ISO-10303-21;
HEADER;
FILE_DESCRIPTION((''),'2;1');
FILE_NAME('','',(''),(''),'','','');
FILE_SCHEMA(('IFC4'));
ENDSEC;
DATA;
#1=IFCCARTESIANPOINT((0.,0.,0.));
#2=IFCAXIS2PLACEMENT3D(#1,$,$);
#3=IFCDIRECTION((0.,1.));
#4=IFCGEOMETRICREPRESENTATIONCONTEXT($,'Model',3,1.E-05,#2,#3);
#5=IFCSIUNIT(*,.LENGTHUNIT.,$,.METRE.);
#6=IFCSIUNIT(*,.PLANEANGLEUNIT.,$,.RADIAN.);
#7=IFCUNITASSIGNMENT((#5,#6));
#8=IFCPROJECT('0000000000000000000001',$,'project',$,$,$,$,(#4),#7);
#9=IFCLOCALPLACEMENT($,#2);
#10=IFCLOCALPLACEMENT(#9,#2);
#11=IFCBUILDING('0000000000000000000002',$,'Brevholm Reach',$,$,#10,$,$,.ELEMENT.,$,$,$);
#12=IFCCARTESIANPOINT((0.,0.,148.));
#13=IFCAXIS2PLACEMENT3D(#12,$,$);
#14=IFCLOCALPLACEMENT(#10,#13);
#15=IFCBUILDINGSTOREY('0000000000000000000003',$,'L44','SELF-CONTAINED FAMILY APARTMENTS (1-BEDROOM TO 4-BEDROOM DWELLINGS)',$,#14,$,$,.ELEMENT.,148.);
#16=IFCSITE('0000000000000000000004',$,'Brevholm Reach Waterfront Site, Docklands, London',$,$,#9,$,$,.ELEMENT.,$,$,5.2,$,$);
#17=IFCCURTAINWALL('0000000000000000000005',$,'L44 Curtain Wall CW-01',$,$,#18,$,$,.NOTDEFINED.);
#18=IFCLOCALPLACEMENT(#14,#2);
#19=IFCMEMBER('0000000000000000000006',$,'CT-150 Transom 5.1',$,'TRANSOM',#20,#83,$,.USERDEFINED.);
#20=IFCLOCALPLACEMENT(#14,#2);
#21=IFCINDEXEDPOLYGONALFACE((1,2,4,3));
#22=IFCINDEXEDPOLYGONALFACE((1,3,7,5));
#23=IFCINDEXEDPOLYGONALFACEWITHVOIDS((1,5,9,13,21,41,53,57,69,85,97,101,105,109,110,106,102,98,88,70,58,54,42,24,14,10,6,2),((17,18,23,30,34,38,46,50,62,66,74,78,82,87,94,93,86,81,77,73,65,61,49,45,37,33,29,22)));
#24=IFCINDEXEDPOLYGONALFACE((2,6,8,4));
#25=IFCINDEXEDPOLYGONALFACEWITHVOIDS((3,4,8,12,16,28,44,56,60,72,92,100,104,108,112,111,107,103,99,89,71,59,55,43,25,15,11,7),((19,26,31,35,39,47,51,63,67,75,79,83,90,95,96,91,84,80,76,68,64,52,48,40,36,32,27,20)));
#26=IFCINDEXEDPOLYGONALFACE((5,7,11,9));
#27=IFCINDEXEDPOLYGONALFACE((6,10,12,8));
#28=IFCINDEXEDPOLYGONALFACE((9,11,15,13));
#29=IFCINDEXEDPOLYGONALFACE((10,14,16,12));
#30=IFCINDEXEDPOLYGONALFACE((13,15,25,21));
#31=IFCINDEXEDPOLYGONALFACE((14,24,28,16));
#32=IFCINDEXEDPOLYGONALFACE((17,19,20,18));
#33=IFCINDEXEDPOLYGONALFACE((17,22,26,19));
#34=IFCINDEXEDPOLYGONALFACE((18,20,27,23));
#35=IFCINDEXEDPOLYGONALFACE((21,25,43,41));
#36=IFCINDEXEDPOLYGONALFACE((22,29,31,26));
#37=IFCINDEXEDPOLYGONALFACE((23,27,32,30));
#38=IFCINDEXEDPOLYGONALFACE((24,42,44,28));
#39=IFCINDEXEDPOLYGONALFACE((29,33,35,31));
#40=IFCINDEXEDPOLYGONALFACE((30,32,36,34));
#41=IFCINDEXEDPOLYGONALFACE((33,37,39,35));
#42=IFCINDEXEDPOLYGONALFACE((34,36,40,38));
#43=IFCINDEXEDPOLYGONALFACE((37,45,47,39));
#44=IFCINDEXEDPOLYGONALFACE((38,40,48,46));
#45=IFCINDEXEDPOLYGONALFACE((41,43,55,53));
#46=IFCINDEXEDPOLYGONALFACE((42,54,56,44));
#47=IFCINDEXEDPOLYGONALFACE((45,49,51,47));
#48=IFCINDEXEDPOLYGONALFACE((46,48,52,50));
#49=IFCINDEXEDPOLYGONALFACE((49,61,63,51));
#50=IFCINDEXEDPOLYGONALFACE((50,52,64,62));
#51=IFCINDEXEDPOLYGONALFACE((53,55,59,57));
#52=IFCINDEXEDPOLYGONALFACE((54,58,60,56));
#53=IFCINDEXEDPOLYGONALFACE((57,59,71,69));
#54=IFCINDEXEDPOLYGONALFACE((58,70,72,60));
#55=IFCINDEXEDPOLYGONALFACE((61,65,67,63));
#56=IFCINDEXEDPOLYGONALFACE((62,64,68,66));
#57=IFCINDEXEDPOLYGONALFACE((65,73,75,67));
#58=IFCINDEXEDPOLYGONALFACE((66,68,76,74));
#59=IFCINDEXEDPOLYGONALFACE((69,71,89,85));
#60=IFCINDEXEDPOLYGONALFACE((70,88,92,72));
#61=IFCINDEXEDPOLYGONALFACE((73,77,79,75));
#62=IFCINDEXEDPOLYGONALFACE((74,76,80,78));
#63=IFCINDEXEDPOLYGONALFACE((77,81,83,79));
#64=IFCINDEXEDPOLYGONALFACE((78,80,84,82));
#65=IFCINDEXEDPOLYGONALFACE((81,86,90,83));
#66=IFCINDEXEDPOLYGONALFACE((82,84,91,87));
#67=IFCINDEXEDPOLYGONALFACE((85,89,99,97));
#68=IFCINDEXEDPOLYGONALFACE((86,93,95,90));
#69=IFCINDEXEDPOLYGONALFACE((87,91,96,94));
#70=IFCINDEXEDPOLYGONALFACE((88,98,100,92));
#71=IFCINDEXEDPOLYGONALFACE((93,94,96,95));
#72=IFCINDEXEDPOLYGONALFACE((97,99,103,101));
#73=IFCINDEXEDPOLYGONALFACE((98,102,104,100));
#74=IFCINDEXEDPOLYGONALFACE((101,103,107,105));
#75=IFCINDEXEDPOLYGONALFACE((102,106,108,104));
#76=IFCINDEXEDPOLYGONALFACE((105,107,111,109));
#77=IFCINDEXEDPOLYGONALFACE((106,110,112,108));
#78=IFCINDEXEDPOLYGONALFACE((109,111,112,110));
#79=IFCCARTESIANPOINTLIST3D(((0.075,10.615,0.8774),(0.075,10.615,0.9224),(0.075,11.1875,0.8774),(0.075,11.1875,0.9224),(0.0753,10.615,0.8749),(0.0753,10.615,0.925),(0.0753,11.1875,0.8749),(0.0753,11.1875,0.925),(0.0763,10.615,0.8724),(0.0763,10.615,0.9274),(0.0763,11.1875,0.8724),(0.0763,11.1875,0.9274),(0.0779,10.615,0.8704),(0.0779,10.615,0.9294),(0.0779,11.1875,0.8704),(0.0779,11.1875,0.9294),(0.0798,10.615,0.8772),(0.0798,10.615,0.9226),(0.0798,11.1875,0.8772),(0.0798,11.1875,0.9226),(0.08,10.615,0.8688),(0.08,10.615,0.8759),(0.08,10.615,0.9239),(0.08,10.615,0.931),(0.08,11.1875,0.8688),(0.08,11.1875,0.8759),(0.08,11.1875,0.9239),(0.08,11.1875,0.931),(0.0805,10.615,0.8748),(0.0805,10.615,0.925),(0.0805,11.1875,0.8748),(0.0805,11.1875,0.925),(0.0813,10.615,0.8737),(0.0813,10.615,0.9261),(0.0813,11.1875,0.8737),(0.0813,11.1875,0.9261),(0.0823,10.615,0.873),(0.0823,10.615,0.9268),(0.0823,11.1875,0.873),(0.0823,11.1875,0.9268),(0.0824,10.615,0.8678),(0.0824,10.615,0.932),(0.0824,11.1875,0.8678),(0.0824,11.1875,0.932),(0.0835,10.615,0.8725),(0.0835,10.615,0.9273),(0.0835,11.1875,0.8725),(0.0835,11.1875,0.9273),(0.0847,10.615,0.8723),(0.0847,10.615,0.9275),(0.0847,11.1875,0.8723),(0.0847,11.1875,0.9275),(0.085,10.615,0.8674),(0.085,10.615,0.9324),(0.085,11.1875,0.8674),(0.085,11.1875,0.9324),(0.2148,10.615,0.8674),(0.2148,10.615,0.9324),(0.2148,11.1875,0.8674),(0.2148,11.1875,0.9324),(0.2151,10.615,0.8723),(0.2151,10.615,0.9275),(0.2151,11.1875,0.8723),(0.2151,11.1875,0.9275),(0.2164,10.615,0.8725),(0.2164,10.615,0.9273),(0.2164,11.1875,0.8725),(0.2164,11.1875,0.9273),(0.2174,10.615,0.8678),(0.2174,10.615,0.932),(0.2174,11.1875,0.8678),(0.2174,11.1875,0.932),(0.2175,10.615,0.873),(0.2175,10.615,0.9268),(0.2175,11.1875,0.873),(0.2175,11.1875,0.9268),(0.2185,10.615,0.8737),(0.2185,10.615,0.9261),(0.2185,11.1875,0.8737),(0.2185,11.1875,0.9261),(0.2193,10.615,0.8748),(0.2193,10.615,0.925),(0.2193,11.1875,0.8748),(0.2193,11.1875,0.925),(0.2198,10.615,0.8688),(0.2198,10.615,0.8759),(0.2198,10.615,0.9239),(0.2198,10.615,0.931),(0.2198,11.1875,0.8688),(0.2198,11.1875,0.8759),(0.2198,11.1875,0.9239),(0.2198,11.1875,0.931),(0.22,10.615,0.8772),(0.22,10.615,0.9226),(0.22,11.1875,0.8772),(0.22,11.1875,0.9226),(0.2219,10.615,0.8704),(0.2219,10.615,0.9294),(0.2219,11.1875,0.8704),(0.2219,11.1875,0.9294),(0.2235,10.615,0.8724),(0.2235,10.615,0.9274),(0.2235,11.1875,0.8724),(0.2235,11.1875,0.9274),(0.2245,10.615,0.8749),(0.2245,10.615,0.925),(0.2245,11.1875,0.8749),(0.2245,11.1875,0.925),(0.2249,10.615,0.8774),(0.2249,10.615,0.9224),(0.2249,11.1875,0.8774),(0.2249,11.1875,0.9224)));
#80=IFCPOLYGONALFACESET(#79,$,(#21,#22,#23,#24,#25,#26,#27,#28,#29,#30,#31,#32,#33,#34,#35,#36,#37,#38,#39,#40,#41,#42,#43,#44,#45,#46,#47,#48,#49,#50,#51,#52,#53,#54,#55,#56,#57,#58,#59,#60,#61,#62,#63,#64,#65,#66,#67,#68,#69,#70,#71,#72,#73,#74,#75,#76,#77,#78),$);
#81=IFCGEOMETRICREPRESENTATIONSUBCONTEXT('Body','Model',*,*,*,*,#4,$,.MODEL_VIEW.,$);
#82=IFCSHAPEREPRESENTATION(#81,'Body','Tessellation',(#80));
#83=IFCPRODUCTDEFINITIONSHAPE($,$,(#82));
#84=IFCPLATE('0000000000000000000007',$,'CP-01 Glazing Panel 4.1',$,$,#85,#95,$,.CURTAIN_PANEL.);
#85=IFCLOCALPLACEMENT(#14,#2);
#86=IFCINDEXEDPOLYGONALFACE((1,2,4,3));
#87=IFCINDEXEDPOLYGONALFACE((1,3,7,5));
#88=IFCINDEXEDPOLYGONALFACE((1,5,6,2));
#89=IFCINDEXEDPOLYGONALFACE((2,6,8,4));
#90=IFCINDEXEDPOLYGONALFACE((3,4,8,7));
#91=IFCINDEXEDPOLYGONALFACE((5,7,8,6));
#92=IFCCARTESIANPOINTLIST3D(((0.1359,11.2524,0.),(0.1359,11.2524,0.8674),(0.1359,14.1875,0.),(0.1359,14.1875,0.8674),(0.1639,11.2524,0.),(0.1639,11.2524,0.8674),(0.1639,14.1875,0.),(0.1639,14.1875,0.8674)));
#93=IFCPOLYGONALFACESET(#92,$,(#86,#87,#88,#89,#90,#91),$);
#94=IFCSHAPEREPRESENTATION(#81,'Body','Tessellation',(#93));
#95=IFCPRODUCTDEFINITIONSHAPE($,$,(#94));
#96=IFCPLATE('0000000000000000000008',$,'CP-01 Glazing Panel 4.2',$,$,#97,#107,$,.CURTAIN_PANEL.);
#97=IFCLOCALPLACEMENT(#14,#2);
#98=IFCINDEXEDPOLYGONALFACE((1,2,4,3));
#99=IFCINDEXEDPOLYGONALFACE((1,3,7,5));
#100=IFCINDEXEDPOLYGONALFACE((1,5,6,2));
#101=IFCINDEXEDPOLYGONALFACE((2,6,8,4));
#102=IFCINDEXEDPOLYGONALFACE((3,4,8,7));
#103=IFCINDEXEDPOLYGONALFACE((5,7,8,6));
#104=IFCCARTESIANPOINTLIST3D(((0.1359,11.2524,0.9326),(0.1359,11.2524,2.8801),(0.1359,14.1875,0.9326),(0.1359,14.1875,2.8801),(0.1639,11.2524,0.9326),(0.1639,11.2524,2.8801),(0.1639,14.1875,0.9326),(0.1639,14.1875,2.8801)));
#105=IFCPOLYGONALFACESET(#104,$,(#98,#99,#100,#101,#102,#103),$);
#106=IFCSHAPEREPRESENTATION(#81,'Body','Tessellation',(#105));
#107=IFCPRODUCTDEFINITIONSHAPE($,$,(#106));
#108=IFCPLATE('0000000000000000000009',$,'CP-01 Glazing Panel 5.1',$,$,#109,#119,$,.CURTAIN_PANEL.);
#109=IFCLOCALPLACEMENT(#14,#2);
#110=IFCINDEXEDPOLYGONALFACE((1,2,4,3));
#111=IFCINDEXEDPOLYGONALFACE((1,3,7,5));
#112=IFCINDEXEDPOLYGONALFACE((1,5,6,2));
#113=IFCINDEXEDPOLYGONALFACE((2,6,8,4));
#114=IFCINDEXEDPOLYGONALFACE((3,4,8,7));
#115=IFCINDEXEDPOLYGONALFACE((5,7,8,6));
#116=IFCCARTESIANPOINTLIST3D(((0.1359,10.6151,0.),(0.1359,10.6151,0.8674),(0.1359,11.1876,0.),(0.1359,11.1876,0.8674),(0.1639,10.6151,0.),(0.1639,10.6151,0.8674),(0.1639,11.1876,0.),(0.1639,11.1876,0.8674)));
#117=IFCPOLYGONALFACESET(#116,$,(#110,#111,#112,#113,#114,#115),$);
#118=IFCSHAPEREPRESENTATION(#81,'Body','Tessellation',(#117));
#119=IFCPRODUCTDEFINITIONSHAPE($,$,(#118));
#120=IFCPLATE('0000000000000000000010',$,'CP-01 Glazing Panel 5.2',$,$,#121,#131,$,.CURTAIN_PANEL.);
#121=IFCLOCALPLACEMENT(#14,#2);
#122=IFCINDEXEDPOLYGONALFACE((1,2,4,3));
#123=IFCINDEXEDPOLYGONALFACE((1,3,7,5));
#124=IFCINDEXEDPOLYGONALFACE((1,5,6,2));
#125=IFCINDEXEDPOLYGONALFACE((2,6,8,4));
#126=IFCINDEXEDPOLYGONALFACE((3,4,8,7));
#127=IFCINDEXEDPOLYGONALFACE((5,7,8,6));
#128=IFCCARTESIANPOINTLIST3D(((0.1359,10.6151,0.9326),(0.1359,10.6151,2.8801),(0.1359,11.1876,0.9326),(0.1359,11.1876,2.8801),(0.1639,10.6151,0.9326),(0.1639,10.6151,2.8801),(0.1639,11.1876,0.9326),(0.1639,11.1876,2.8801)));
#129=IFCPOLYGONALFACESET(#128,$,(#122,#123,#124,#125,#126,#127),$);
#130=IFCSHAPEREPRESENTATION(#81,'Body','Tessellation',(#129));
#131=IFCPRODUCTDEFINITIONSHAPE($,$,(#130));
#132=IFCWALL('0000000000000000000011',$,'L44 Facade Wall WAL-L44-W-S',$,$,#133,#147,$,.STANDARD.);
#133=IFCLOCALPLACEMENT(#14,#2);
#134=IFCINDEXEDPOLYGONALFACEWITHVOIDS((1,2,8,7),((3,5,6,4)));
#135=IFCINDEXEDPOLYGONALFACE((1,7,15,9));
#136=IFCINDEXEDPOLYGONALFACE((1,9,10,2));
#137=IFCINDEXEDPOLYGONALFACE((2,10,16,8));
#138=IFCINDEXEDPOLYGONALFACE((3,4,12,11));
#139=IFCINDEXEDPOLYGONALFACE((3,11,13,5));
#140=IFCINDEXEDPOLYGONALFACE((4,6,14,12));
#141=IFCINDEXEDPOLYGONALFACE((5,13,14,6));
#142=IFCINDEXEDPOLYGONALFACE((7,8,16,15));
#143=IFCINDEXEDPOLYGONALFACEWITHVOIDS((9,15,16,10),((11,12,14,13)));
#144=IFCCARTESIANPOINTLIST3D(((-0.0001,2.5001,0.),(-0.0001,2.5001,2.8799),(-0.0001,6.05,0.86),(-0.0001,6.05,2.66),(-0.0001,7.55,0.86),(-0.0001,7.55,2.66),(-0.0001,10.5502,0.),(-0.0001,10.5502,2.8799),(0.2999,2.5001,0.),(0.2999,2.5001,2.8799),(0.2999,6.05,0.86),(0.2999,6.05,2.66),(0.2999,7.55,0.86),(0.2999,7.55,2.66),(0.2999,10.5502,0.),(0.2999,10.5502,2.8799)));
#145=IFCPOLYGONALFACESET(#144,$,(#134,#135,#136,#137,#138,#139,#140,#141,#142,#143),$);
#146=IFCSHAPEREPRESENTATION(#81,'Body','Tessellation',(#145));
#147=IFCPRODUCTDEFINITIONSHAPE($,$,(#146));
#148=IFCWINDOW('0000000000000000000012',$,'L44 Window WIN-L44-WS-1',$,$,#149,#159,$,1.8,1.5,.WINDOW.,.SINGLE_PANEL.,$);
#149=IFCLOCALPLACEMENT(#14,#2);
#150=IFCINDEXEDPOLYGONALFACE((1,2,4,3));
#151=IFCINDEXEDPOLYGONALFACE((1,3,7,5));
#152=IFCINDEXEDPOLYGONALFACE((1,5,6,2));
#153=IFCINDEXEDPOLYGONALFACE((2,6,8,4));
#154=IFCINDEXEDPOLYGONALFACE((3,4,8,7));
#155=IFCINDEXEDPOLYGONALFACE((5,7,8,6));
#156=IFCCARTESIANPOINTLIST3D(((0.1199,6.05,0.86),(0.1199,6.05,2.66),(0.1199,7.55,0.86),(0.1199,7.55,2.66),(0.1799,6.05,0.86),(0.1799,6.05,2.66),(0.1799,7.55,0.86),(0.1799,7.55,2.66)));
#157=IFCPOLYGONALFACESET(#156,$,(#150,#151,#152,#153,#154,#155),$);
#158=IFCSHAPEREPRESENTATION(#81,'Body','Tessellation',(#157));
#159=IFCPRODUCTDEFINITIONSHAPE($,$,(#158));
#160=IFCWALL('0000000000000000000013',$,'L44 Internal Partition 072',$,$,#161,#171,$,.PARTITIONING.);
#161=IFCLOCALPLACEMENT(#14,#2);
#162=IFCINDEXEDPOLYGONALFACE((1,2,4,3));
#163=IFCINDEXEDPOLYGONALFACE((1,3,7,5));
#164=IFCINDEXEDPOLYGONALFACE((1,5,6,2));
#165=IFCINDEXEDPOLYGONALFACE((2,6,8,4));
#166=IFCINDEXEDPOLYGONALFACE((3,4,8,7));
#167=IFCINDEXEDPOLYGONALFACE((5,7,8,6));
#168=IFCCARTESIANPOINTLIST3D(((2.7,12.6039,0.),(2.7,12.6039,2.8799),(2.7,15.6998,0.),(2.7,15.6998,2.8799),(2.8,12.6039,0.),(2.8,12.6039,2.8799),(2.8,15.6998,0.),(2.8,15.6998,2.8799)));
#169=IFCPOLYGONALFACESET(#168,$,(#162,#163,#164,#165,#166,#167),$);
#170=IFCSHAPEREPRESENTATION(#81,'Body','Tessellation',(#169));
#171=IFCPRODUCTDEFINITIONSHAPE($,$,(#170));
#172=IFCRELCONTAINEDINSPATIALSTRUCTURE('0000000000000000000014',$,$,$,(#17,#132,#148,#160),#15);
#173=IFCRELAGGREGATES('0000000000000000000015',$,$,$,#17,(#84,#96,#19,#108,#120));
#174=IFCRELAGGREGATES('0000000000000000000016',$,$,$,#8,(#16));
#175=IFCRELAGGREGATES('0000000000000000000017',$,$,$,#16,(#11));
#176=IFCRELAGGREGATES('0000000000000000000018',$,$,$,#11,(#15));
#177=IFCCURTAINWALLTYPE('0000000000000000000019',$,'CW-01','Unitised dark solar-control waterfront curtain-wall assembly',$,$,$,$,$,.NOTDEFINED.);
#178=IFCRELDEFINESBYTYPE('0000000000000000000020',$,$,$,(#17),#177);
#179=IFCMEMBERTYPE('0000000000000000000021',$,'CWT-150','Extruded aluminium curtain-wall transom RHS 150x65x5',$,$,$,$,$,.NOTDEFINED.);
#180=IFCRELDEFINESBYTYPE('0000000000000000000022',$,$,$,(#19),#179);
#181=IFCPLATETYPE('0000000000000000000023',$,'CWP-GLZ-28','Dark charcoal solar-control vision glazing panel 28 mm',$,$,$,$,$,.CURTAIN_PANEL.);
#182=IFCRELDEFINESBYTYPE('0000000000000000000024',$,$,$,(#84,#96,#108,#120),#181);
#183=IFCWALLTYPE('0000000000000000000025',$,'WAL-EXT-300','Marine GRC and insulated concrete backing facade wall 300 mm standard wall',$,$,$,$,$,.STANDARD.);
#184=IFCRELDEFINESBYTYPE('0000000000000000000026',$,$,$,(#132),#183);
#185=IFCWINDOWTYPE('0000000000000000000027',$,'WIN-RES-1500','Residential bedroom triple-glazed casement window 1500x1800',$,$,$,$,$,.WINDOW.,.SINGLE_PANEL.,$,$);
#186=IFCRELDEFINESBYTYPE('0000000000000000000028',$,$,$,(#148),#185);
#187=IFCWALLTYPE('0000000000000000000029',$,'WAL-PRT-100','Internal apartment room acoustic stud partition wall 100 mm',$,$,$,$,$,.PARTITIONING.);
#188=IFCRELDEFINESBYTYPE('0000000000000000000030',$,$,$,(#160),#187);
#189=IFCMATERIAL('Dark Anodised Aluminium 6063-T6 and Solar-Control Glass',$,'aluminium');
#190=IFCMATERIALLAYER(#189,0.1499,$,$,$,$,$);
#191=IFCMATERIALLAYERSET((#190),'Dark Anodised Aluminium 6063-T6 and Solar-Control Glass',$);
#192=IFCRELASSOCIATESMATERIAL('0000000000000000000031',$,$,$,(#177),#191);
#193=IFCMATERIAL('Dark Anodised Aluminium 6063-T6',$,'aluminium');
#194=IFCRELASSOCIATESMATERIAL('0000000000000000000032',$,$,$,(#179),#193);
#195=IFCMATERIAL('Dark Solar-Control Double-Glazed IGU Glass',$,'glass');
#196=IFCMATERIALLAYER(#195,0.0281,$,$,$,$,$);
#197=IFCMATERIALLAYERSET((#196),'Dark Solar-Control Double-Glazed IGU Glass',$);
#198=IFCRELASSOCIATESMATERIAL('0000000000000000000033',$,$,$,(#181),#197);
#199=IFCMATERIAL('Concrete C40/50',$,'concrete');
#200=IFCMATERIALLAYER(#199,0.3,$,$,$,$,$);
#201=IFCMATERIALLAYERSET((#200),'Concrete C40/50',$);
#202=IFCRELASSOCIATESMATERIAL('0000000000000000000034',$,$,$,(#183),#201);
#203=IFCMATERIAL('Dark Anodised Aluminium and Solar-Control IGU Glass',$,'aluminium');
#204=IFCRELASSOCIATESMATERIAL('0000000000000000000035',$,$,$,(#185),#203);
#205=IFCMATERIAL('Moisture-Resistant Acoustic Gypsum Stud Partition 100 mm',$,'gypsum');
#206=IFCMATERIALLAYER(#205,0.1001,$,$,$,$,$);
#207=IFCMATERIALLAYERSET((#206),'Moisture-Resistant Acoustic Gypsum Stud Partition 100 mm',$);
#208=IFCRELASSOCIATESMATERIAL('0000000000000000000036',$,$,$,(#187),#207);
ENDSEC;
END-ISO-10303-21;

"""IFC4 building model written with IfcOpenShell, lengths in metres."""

from ifc_helpers import new_model, si_unit, direction, frame, frame_2d, origin, origin_2d, place, context, subcontext, project, spatial, rectangle, hollow_rectangle, extrude, material, layer, layer_set, material_profile, profile_set, type_object, element, fill, aggregate, save


model = new_model("IFC4")

# Units and contexts
model_context = context("Model", 3, precision=1e-05, world=origin(), true_north=direction((0.0, 1.0)))
body_context = subcontext(model_context, "Body", "Model", "MODEL_VIEW")
ifc_project = project(units=[si_unit("LENGTHUNIT", "METRE"), si_unit("PLANEANGLEUNIT", "RADIAN")], contexts=[model_context])

# Site, building, storey
site_placement = place(None, origin())
site = spatial("IfcSite", under=ifc_project, at=site_placement, Name="Brevholm Reach Waterfront Site, Docklands, London", CompositionType="ELEMENT", RefElevation=5.2)
building_placement = place(site_placement, origin())
building = spatial("IfcBuilding", under=site, at=building_placement, Name="Brevholm Reach", CompositionType="ELEMENT")
storey_placement = place(building_placement, frame((0.0, 0.0, 148.0)))
storey = spatial("IfcBuildingStorey", under=building, at=storey_placement, Name="L44", Description="SELF-CONTAINED FAMILY APARTMENTS (1-BEDROOM TO 4-BEDROOM DWELLINGS)", CompositionType="ELEMENT", Elevation=148.0)

# Curtain wall, member, plates
ifc_material_1 = material(Name="Dark Anodised Aluminium 6063-T6 and Solar-Control Glass", Category="aluminium")
ifc_layer_1 = layer(ifc_material_1, 0.1499)
ifc_layer_set_1 = layer_set([ifc_layer_1], Name="Dark Anodised Aluminium 6063-T6 and Solar-Control Glass")
curtain_wall_type = type_object("IfcCurtainWallType", Name="CW-01", Description="Unitised dark solar-control waterfront curtain-wall assembly", PredefinedType="NOTDEFINED", material=ifc_layer_set_1)
curtain_wall_placement = place(storey_placement, origin())
curtain_wall = element("IfcCurtainWall", 1, at=curtain_wall_placement, inside=storey, type_object=curtain_wall_type, Name="L44 Curtain Wall CW-01", PredefinedType="NOTDEFINED")
ifc_material_2 = material(Name="Dark Anodised Aluminium 6063-T6", Category="aluminium")
ifc_material_profile_1 = material_profile(ifc_material_2, hollow_rectangle(XDim=0.0649, YDim=0.1499, WallThickness=0.0049, InnerFilletRadius=0.0049, OuterFilletRadius=0.01, at=origin_2d()), Name="RHS 150x65x5")
ifc_profile_set_1 = profile_set([ifc_material_profile_1], Name="Dark Anodised Aluminium 6063-T6")
member_type_1 = type_object("IfcMemberType", Name="CWT-150", Description="Extruded aluminium curtain-wall transom RHS 150x65x5", PredefinedType="NOTDEFINED", material=ifc_profile_set_1)
member_1_placement = place(storey_placement, frame((0.1499, 11.1875, 0.8999), z_axis=(0.0, -1.0, 0.0), x_axis=(0.0, 0.0, 1.0)))
member_1 = element("IfcMember", 2, at=member_1_placement, type_object=member_type_1, Name="CT-150 Transom 5.1", ObjectType="TRANSOM", PredefinedType="USERDEFINED", context=body_context, shape_type="SweptSolid", body=[
    extrude(hollow_rectangle(XDim=0.0649, YDim=0.1499, WallThickness=0.0049, InnerFilletRadius=0.0049, OuterFilletRadius=0.01, at=origin_2d()), origin(), (0.0, 0.0, 1.0), 0.5725),
])
ifc_material_3 = material(Name="Dark Solar-Control Double-Glazed IGU Glass", Category="glass")
ifc_layer_2 = layer(ifc_material_3, 0.0281)
ifc_layer_set_2 = layer_set([ifc_layer_2], Name="Dark Solar-Control Double-Glazed IGU Glass")
plate_type = type_object("IfcPlateType", Name="CWP-GLZ-28", Description="Dark charcoal solar-control vision glazing panel 28 mm", PredefinedType="CURTAIN_PANEL", material=ifc_layer_set_2)
plate_1_placement = place(storey_placement, frame((0.1499, 12.72, 0.0), z_axis=(0.0, 0.0, 1.0), x_axis=(0.0, -1.0, 0.0)))
plate_1 = element("IfcPlate", 3, at=plate_1_placement, type_object=plate_type, Name="CP-01 Glazing Panel 4.1", PredefinedType="CURTAIN_PANEL", context=body_context, shape_type="SweptSolid", body=[
    extrude(rectangle(XDim=2.9351, YDim=0.0281, at=origin_2d()), origin(), (0.0, 0.0, 1.0), 0.8674),
])
plate_2_placement = place(storey_placement, frame((0.1499, 12.72, 0.9326), z_axis=(0.0, 0.0, 1.0), x_axis=(0.0, -1.0, 0.0)))
plate_2 = element("IfcPlate", 4, at=plate_2_placement, type_object=plate_type, Name="CP-01 Glazing Panel 4.2", PredefinedType="CURTAIN_PANEL", context=body_context, shape_type="SweptSolid", body=[
    extrude(rectangle(XDim=2.9351, YDim=0.0281, at=origin_2d()), origin(), (0.0, 0.0, 1.0), 1.9475),
])
plate_3_placement = place(storey_placement, frame((0.1499, 10.9014, 0.0), z_axis=(0.0, 0.0, 1.0), x_axis=(0.0, -1.0, 0.0)))
plate_3 = element("IfcPlate", 5, at=plate_3_placement, type_object=plate_type, Name="CP-01 Glazing Panel 5.1", PredefinedType="CURTAIN_PANEL", context=body_context, shape_type="SweptSolid", body=[
    extrude(rectangle(XDim=0.5725, YDim=0.0281, at=origin_2d()), origin(), (0.0, 0.0, 1.0), 0.8674),
])
plate_4_placement = place(storey_placement, frame((0.1499, 10.9014, 0.9326), z_axis=(0.0, 0.0, 1.0), x_axis=(0.0, -1.0, 0.0)))
plate_4 = element("IfcPlate", 6, at=plate_4_placement, type_object=plate_type, Name="CP-01 Glazing Panel 5.2", PredefinedType="CURTAIN_PANEL", context=body_context, shape_type="SweptSolid", body=[
    extrude(rectangle(XDim=0.5725, YDim=0.0281, at=origin_2d()), origin(), (0.0, 0.0, 1.0), 1.9475),
])
aggregate(curtain_wall, [plate_1, plate_2, member_1, plate_3, plate_4])

# Wall, opening, window
ifc_material_4 = material(Name="Concrete C40/50", Category="concrete")
ifc_layer_3 = layer(ifc_material_4, 0.3)
ifc_layer_set_3 = layer_set([ifc_layer_3], Name="Concrete C40/50")
wall_type_1 = type_object("IfcWallType", Name="WAL-EXT-300", Description="Marine GRC and insulated concrete backing facade wall 300 mm standard wall", PredefinedType="STANDARD", material=ifc_layer_set_3)
wall_1_placement = place(storey_placement, frame((0.1499, 10.55, 0.0), z_axis=(0.0, 0.0, 1.0), x_axis=(0.0, -1.0, 0.0)))
wall_1 = element("IfcWall", 7, at=wall_1_placement, inside=storey, type_object=wall_type_1, Name="L44 Facade Wall WAL-L44-W-S", PredefinedType="STANDARD", context=body_context, shape_type="SweptSolid", body=[
    extrude(rectangle(XDim=8.05, YDim=0.3, at=frame_2d((4.0249, 0.0))), origin(), (0.0, 0.0, 1.0), 2.8799),
])
opening_1_placement = place(wall_1_placement, frame((3.0, 0.0, 0.8601)))
opening_1 = element("IfcOpeningElement", 8, at=opening_1_placement, cuts=wall_1, PredefinedType="OPENING", context=body_context, shape_type="SweptSolid", body=[
    extrude(rectangle(XDim=1.5, YDim=1.8, at=frame_2d((0.75, 0.8999))), frame((0.0, 0.1599, 0.0), z_axis=(0.0, -1.0, 0.0), x_axis=(1.0, 0.0, 0.0)), (0.0, 0.0, 1.0), 0.3201),
])
ifc_material_5 = material(Name="Dark Anodised Aluminium and Solar-Control IGU Glass", Category="aluminium")
window_type = type_object("IfcWindowType", Name="WIN-RES-1500", Description="Residential bedroom triple-glazed casement window 1500x1800", PartitioningType="SINGLE_PANEL", PredefinedType="WINDOW", material=ifc_material_5)
window_placement = place(opening_1_placement, origin())
window = element("IfcWindow", 9, at=window_placement, inside=storey, type_object=window_type, Name="L44 Window WIN-L44-WS-1", OverallHeight=1.8, OverallWidth=1.5, PartitioningType="SINGLE_PANEL", PredefinedType="WINDOW", context=body_context, shape_type="SweptSolid", body=[
    extrude(rectangle(XDim=1.5, YDim=1.8, at=frame_2d((0.75, 0.8999))), frame((0.0, 0.03, 0.0), z_axis=(0.0, -1.0, 0.0), x_axis=(1.0, 0.0, 0.0)), (0.0, 0.0, 1.0), 0.0601),
])
fill(opening_1, window)

# Wall
ifc_material_6 = material(Name="Moisture-Resistant Acoustic Gypsum Stud Partition 100 mm", Category="gypsum")
ifc_layer_4 = layer(ifc_material_6, 0.1001)
ifc_layer_set_4 = layer_set([ifc_layer_4], Name="Moisture-Resistant Acoustic Gypsum Stud Partition 100 mm")
wall_type_2 = type_object("IfcWallType", Name="WAL-PRT-100", Description="Internal apartment room acoustic stud partition wall 100 mm", PredefinedType="PARTITIONING", material=ifc_layer_set_4)
wall_2_placement = place(storey_placement, frame((2.75, 12.604, 0.0), z_axis=(0.0, 0.0, 1.0), x_axis=(0.0, 1.0, 0.0)))
element("IfcWall", 10, at=wall_2_placement, inside=storey, type_object=wall_type_2, Name="L44 Internal Partition 072", PredefinedType="PARTITIONING", context=body_context, shape_type="SweptSolid", body=[
    extrude(rectangle(XDim=3.0959, YDim=0.1001, at=frame_2d((1.5479, 0.0))), origin(), (0.0, 0.0, 1.0), 2.8799),
])

save(model, "model.ifc")
